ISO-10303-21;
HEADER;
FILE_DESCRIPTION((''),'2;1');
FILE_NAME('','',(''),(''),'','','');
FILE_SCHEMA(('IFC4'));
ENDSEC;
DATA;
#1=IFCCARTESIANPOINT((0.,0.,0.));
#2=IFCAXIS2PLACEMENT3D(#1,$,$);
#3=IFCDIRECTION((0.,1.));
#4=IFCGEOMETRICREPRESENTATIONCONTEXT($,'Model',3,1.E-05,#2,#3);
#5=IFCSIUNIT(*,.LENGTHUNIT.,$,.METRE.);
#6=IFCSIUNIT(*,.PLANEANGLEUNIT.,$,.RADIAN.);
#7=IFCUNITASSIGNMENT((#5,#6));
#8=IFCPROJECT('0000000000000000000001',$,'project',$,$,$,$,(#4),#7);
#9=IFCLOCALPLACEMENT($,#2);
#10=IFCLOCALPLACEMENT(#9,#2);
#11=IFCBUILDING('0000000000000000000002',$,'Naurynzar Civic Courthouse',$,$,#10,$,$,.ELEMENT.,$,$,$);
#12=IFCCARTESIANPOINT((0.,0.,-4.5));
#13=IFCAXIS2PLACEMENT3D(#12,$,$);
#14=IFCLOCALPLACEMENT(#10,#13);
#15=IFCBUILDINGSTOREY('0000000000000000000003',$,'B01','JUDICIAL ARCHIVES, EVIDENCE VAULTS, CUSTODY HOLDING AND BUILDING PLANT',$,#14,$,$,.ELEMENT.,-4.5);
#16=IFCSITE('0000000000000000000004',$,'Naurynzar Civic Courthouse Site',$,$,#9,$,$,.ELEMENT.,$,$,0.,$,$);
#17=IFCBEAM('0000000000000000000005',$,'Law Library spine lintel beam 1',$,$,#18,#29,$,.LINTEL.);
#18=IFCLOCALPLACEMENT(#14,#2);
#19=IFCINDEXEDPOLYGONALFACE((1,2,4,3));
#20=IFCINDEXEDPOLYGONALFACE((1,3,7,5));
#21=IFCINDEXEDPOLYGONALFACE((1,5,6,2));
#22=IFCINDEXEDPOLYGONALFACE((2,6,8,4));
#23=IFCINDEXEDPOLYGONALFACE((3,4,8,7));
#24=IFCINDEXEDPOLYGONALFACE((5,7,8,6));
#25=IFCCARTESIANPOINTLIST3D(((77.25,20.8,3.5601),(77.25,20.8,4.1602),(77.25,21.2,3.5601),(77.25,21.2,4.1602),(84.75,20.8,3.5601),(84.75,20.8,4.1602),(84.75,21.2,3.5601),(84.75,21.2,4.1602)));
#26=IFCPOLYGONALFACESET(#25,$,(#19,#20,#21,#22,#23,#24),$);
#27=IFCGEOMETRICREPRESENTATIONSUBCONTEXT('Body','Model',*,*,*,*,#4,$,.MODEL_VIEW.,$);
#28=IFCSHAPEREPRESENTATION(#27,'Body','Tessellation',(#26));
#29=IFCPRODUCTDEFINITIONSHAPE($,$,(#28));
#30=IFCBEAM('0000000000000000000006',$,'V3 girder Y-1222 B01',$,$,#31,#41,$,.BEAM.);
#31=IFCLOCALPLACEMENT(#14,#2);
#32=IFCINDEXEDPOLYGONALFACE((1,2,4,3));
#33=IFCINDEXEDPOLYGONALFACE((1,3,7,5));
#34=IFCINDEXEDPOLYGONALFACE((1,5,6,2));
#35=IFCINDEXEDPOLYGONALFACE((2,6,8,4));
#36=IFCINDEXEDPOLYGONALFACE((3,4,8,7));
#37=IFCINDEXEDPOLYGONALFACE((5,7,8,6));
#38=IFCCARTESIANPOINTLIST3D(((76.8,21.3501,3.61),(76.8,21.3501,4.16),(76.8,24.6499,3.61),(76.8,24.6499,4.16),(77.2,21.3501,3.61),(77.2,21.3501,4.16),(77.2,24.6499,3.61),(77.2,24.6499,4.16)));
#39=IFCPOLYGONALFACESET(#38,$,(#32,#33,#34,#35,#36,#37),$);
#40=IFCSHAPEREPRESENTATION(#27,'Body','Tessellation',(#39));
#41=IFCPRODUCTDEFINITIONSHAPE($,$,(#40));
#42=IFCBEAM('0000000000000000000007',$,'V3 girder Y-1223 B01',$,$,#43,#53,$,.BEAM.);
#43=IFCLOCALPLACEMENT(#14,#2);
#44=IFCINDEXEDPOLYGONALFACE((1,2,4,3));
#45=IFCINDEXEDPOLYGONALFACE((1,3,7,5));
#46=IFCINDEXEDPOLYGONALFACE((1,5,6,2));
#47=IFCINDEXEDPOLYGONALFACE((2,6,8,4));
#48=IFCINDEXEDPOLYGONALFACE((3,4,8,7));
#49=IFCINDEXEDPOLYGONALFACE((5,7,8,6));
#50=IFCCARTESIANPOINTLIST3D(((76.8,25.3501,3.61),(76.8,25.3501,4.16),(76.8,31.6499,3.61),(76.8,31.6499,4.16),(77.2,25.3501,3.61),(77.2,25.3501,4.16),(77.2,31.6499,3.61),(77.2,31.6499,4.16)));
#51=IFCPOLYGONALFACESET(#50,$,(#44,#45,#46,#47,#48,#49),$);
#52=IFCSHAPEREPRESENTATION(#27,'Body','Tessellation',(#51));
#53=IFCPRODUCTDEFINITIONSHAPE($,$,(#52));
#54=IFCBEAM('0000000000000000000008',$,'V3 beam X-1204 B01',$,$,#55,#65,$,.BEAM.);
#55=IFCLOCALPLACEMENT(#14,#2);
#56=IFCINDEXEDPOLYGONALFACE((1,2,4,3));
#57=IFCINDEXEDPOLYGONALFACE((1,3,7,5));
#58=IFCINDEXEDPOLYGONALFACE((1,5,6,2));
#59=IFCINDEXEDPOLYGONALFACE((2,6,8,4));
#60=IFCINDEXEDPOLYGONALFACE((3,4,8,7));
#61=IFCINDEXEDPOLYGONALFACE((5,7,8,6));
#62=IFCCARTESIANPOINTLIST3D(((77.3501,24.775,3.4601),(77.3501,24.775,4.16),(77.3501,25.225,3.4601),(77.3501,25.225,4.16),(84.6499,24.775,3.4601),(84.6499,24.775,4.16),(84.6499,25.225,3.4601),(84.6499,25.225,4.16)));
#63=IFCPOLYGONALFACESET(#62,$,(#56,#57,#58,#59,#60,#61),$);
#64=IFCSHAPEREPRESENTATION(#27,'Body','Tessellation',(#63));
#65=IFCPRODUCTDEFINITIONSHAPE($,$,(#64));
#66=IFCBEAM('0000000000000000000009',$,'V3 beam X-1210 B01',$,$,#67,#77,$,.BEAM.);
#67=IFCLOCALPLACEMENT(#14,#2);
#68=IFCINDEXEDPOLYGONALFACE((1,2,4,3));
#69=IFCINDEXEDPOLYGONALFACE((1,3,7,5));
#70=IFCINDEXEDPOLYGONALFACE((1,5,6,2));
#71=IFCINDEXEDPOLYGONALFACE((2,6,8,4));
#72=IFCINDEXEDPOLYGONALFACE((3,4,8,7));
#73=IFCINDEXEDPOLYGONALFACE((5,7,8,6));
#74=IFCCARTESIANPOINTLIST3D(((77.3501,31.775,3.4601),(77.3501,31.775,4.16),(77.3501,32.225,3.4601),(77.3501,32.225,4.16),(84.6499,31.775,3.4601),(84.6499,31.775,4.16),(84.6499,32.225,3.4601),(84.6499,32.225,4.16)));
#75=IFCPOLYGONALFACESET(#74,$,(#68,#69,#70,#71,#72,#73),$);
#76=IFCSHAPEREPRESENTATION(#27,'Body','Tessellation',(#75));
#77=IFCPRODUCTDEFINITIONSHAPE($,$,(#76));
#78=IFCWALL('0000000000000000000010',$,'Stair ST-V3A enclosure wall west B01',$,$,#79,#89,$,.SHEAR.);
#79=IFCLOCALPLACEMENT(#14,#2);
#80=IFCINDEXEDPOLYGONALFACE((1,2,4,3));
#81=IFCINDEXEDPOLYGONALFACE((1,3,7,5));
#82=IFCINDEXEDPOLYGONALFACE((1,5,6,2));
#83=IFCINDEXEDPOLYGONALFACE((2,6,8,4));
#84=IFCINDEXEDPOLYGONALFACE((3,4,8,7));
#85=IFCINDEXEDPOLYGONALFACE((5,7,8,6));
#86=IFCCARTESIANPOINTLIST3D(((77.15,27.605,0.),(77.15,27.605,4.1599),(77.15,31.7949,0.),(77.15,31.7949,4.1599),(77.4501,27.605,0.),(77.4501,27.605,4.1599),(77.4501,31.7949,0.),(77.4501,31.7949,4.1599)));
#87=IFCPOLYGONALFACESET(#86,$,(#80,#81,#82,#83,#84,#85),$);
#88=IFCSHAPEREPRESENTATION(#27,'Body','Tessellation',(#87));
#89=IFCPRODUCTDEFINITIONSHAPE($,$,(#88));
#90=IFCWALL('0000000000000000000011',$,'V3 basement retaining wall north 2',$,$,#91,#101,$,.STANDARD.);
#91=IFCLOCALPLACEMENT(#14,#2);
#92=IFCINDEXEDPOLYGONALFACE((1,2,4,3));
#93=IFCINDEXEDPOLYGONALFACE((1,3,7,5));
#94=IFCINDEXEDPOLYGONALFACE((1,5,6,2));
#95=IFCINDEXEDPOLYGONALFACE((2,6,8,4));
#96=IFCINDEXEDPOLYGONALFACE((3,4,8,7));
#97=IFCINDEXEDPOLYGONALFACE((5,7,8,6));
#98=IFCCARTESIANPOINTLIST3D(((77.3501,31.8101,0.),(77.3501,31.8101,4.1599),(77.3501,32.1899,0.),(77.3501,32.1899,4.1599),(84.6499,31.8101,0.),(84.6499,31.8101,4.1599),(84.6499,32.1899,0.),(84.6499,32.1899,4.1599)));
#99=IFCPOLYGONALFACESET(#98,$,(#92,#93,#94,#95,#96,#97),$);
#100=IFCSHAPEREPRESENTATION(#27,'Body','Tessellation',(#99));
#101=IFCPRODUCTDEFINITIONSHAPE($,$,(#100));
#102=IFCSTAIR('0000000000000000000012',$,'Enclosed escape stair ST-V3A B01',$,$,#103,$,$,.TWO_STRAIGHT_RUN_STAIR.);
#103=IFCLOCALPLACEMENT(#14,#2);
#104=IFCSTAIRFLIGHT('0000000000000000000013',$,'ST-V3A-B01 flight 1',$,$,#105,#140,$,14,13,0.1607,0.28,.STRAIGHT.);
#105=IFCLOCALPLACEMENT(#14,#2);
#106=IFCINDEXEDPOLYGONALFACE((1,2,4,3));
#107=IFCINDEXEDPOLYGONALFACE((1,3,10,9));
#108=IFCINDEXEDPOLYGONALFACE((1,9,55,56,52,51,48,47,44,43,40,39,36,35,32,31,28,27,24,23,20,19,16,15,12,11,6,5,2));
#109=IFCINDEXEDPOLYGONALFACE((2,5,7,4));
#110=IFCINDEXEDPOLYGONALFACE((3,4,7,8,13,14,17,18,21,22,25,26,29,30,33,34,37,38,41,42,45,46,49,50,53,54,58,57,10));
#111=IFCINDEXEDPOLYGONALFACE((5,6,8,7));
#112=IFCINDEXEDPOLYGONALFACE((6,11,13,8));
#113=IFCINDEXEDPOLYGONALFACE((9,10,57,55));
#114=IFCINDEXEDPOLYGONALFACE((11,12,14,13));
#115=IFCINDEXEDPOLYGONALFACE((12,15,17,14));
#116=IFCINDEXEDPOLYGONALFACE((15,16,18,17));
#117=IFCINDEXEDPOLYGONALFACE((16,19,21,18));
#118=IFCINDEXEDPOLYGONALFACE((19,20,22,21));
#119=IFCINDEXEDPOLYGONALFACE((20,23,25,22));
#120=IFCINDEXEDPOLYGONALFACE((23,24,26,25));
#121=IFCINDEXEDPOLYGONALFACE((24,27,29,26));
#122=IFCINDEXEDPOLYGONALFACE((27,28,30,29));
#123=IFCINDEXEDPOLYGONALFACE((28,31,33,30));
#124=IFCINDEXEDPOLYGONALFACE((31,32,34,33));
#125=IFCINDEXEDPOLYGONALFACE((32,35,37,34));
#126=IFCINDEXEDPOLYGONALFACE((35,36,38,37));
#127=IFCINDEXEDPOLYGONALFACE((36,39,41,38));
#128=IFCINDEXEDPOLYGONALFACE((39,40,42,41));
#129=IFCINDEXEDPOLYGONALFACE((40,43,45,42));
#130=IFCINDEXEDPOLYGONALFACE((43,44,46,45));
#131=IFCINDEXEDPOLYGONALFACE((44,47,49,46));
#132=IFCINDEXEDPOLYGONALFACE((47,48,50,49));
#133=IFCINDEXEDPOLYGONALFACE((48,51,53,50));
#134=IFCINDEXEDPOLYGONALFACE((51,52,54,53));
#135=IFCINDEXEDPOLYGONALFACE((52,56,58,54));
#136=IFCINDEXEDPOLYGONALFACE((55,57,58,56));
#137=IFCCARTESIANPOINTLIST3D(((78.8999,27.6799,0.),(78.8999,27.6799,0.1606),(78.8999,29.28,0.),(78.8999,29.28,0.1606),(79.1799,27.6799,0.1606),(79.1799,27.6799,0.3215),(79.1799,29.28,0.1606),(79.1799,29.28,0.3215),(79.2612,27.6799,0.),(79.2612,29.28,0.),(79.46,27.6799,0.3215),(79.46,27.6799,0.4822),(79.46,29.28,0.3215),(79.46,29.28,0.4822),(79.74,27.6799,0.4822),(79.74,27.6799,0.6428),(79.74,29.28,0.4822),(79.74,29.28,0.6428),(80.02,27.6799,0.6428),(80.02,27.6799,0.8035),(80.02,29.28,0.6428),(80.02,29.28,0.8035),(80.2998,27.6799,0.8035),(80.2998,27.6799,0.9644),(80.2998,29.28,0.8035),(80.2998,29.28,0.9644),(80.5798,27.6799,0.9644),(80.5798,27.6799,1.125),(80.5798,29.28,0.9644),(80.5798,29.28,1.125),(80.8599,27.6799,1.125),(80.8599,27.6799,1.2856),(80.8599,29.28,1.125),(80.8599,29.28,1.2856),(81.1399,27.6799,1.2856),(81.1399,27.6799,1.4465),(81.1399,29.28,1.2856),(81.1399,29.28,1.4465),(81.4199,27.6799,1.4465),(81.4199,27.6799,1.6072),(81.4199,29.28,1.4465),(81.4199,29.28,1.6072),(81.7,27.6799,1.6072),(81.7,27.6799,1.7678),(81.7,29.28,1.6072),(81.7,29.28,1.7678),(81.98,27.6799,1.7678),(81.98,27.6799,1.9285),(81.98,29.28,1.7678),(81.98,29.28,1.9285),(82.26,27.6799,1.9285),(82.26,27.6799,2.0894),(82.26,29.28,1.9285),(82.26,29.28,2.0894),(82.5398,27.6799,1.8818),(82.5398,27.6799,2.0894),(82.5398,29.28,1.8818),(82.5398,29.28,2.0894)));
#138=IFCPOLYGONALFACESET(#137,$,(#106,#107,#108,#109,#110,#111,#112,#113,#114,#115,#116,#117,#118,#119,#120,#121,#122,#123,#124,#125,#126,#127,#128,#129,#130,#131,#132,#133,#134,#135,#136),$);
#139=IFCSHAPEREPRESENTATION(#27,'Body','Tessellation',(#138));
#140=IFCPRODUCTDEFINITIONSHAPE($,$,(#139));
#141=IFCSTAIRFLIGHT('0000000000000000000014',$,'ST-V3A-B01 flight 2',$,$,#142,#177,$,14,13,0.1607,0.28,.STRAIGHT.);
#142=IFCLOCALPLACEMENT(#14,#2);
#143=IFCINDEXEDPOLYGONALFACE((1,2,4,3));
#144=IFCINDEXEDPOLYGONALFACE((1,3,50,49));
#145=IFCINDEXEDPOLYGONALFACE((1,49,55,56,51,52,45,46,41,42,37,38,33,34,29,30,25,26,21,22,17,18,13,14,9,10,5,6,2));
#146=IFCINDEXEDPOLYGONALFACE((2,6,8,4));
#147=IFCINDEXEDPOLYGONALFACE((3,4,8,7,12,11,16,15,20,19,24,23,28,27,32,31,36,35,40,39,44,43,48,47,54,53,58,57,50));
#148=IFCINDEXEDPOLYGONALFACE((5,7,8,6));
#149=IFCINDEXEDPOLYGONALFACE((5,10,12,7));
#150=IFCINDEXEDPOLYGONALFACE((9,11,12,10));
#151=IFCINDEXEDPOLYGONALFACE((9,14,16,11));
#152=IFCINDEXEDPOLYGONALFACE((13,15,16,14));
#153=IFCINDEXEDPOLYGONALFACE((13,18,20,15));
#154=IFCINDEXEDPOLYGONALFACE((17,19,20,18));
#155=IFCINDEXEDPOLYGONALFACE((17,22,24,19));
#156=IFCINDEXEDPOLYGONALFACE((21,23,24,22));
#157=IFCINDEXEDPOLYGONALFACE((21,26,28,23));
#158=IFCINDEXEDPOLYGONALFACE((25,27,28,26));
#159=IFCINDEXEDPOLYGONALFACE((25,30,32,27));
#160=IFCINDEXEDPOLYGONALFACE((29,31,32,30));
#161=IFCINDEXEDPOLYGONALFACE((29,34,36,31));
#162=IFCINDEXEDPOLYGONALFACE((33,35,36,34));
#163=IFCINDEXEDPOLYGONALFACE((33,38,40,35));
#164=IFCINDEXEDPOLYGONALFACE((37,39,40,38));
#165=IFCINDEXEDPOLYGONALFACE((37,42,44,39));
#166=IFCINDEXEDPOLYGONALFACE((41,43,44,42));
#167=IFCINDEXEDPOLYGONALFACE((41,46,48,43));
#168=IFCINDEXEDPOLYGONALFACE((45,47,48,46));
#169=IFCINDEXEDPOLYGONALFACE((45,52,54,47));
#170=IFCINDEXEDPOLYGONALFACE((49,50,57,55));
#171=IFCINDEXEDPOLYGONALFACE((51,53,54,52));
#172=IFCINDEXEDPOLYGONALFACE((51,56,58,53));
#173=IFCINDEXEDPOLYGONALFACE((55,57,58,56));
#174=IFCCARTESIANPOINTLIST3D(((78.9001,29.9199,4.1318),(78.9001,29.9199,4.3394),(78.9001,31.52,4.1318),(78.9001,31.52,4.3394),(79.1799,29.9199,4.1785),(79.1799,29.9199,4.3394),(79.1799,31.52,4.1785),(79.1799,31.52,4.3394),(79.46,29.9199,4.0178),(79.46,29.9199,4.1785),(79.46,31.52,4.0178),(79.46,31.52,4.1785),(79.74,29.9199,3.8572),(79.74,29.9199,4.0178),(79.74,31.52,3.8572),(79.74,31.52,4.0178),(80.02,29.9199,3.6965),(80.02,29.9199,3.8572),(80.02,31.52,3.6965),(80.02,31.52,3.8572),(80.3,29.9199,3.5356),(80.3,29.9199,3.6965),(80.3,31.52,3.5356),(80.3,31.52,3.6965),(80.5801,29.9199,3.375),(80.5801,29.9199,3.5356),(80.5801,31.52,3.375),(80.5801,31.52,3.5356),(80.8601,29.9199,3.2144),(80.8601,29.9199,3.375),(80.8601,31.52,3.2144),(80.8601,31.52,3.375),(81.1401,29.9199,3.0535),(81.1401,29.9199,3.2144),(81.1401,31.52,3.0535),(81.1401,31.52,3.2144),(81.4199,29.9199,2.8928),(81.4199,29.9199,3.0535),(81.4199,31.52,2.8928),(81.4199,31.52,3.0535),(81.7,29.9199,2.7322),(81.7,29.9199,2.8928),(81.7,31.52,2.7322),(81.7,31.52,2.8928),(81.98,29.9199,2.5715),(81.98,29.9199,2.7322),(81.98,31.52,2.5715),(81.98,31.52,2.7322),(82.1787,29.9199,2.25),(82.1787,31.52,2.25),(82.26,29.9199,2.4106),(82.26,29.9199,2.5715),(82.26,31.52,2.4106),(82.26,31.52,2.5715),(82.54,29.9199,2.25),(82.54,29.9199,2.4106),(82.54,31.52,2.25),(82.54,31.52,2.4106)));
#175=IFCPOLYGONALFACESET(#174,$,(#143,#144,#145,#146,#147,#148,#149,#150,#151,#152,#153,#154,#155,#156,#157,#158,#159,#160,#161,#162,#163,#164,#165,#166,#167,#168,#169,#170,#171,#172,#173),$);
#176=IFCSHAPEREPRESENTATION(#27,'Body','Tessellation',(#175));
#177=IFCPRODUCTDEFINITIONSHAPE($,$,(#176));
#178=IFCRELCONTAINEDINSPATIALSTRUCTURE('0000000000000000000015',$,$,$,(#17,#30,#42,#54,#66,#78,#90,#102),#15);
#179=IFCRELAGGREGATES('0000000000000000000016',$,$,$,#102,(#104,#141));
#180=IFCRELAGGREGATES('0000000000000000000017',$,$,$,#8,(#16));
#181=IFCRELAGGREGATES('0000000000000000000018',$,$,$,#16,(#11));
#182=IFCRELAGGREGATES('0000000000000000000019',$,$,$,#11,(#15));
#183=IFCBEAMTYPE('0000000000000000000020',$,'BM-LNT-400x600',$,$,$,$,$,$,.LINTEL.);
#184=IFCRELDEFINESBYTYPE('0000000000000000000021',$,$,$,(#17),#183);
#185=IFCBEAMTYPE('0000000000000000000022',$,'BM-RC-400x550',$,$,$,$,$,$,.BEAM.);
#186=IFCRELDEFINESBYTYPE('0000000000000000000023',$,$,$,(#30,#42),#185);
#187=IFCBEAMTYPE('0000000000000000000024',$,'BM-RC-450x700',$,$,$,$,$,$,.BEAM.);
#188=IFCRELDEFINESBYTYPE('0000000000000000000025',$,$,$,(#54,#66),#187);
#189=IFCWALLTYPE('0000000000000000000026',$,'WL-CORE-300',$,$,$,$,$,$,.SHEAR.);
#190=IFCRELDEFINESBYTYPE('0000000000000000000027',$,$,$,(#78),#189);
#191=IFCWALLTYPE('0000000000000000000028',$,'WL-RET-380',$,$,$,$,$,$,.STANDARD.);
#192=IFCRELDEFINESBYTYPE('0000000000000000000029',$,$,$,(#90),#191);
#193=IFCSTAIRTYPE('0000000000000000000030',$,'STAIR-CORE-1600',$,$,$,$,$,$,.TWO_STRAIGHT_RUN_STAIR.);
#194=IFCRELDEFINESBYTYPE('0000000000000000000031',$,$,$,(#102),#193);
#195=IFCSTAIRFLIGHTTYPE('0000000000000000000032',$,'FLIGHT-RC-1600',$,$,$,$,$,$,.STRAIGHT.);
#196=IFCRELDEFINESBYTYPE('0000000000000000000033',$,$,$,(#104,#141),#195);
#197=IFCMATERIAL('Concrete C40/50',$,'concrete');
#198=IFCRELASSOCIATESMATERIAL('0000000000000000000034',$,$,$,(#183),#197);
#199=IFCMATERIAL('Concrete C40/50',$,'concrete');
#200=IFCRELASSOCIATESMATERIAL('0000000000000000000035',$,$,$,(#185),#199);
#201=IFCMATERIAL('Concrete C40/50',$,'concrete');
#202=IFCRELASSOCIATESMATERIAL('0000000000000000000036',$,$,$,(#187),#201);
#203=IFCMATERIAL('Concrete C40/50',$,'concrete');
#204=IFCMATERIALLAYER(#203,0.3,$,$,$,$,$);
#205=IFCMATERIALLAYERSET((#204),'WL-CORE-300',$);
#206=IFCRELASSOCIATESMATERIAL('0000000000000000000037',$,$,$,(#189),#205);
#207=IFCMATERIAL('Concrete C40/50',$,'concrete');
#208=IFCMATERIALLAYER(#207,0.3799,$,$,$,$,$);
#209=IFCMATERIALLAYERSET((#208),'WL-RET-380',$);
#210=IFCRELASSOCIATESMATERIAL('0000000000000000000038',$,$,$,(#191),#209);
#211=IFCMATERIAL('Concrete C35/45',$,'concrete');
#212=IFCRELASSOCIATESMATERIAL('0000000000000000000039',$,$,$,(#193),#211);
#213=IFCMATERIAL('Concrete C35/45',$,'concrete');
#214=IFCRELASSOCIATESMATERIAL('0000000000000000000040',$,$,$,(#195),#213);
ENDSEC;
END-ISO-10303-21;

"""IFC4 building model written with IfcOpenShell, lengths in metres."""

from ifc_helpers import new_model, si_unit, direction, frame, frame_2d, origin, origin_2d, place, context, subcontext, project, spatial, polyline, rectangle, outline, extrude, material, layer, layer_set, material_profile, profile_set, type_object, element, aggregate, save


model = new_model("IFC4")

# Units and contexts
model_context = context("Model", 3, precision=1e-05, world=origin(), true_north=direction((0.0, 1.0)))
body_context = subcontext(model_context, "Body", "Model", "MODEL_VIEW")
ifc_project = project(units=[si_unit("LENGTHUNIT", "METRE"), si_unit("PLANEANGLEUNIT", "RADIAN")], contexts=[model_context])

# Site, building, storey
site_placement = place(None, origin())
site = spatial("IfcSite", under=ifc_project, at=site_placement, Name="Naurynzar Civic Courthouse Site", CompositionType="ELEMENT", RefElevation=0.0)
building_placement = place(site_placement, origin())
building = spatial("IfcBuilding", under=site, at=building_placement, Name="Naurynzar Civic Courthouse", CompositionType="ELEMENT")
storey_placement = place(building_placement, frame((0.0, 0.0, -4.5)))
storey = spatial("IfcBuildingStorey", under=building, at=storey_placement, Name="B01", Description="JUDICIAL ARCHIVES, EVIDENCE VAULTS, CUSTODY HOLDING AND BUILDING PLANT", CompositionType="ELEMENT", Elevation=-4.5)

# Beams
ifc_material_1 = material(Name="Concrete C40/50", Category="concrete")
ifc_material_profile_1 = material_profile(ifc_material_1, rectangle(XDim=0.3999, YDim=0.6001, at=origin_2d()), Name="RCL 400x600")
ifc_profile_set_1 = profile_set([ifc_material_profile_1], Name="Concrete C40/50")
beam_type_1 = type_object("IfcBeamType", Name="BM-LNT-400x600", PredefinedType="LINTEL", material=ifc_profile_set_1)
beam_1_placement = place(storey_placement, frame((77.25, 21.0, 3.8601), z_axis=(1.0, 0.0, 0.0), x_axis=(0.0, 1.0, 0.0)))
element("IfcBeam", 1, at=beam_1_placement, inside=storey, type_object=beam_type_1, Name="Law Library spine lintel beam 1", PredefinedType="LINTEL", context=body_context, shape_type="SweptSolid", body=[
    extrude(rectangle(XDim=0.3999, YDim=0.6001, at=origin_2d()), origin(), (0.0, 0.0, 1.0), 7.5),
])
ifc_material_2 = material(Name="Concrete C40/50", Category="concrete")
ifc_material_profile_2 = material_profile(ifc_material_2, rectangle(XDim=0.3999, YDim=0.55, at=origin_2d()), Name="RCB 400x550")
ifc_profile_set_2 = profile_set([ifc_material_profile_2], Name="Concrete C40/50")
beam_type_2 = type_object("IfcBeamType", Name="BM-RC-400x550", PredefinedType="BEAM", material=ifc_profile_set_2)
beam_2_placement = place(storey_placement, frame((77.0, 21.3501, 3.885), z_axis=(0.0, 1.0, 0.0), x_axis=(-1.0, 0.0, 0.0)))
element("IfcBeam", 2, at=beam_2_placement, inside=storey, type_object=beam_type_2, Name="V3 girder Y-1222 B01", PredefinedType="BEAM", context=body_context, shape_type="SweptSolid", body=[
    extrude(rectangle(XDim=0.3999, YDim=0.55, at=origin_2d()), origin(), (0.0, 0.0, 1.0), 3.2998),
])
beam_3_placement = place(storey_placement, frame((77.0, 25.3501, 3.885), z_axis=(0.0, 1.0, 0.0), x_axis=(-1.0, 0.0, 0.0)))
element("IfcBeam", 3, at=beam_3_placement, inside=storey, type_object=beam_type_2, Name="V3 girder Y-1223 B01", PredefinedType="BEAM", context=body_context, shape_type="SweptSolid", body=[
    extrude(rectangle(XDim=0.3999, YDim=0.55, at=origin_2d()), origin(), (0.0, 0.0, 1.0), 6.2998),
])
ifc_material_3 = material(Name="Concrete C40/50", Category="concrete")
ifc_material_profile_3 = material_profile(ifc_material_3, rectangle(XDim=0.45, YDim=0.7, at=origin_2d()), Name="RCB 450x700")
ifc_profile_set_3 = profile_set([ifc_material_profile_3], Name="Concrete C40/50")
beam_type_3 = type_object("IfcBeamType", Name="BM-RC-450x700", PredefinedType="BEAM", material=ifc_profile_set_3)
for number, where, z_axis, x_axis, name in (
    (4, (77.3501, 25.0, 3.8101), (1.0, 0.0, 0.0), (0.0, 1.0, 0.0), "V3 beam X-1204 B01"),
    (5, (77.3501, 32.0, 3.8101), (1.0, 0.0, 0.0), (0.0, 1.0, 0.0), "V3 beam X-1210 B01"),
):
    element("IfcBeam", number, at=place(storey_placement, frame(where, z_axis=z_axis, x_axis=x_axis)), inside=storey, type_object=beam_type_3, Name=name, PredefinedType="BEAM", context=body_context, shape_type="SweptSolid", body=[
        extrude(rectangle(XDim=0.45, YDim=0.7, at=origin_2d()), origin(), (0.0, 0.0, 1.0), 7.2998),
    ])

# Shared definitions
ifc_material_4 = material(Name="Concrete C40/50", Category="concrete")
ifc_layer_1 = layer(ifc_material_4, 0.3)
ifc_layer_set_1 = layer_set([ifc_layer_1], Name="WL-CORE-300")
wall_type_1 = type_object("IfcWallType", Name="WL-CORE-300", PredefinedType="SHEAR", material=ifc_layer_set_1)

# Walls
wall_1_placement = place(storey_placement, frame((77.3, 31.7949, 0.0), z_axis=(0.0, 0.0, 1.0), x_axis=(0.0, -1.0, 0.0)))
element("IfcWall", 6, at=wall_1_placement, inside=storey, type_object=wall_type_1, Name="Stair ST-V3A enclosure wall west B01", PredefinedType="SHEAR", context=body_context, shape_type="SweptSolid", body=[
    extrude(rectangle(XDim=4.1899, YDim=0.3, at=frame_2d((2.095, 0.0))), origin(), (0.0, 0.0, 1.0), 4.1599),
])
ifc_material_5 = material(Name="Concrete C40/50", Category="concrete")
ifc_layer_2 = layer(ifc_material_5, 0.3799)
ifc_layer_set_2 = layer_set([ifc_layer_2], Name="WL-RET-380")
wall_type_2 = type_object("IfcWallType", Name="WL-RET-380", PredefinedType="STANDARD", material=ifc_layer_set_2)
wall_2_placement = place(storey_placement, frame((77.3501, 32.0, 0.0), z_axis=(0.0, 0.0, 1.0), x_axis=(1.0, 0.0, 0.0)))
element("IfcWall", 7, at=wall_2_placement, inside=storey, type_object=wall_type_2, Name="V3 basement retaining wall north 2", PredefinedType="STANDARD", context=body_context, shape_type="SweptSolid", body=[
    extrude(rectangle(XDim=7.2998, YDim=0.3799, at=frame_2d((3.6499, 0.0))), origin(), (0.0, 0.0, 1.0), 4.1599),
])

# Stair, stair flights
ifc_material_6 = material(Name="Concrete C35/45", Category="concrete")
stair_type = type_object("IfcStairType", Name="STAIR-CORE-1600", PredefinedType="TWO_STRAIGHT_RUN_STAIR", material=ifc_material_6)
stair_placement = place(storey_placement, origin())
stair = element("IfcStair", 8, at=stair_placement, inside=storey, type_object=stair_type, Name="Enclosed escape stair ST-V3A B01", PredefinedType="TWO_STRAIGHT_RUN_STAIR")
ifc_material_7 = material(Name="Concrete C35/45", Category="concrete")
stair_flight_type = type_object("IfcStairFlightType", Name="FLIGHT-RC-1600", PredefinedType="STRAIGHT", material=ifc_material_7)
stair_flight_1_placement = place(storey_placement, frame((78.8999, 28.48, 0.0), z_axis=(0.0, 0.0, 1.0), x_axis=(1.0, 0.0, 0.0)))
stair_flight_1 = element("IfcStairFlight", 9, at=stair_flight_1_placement, type_object=stair_flight_type, Name="ST-V3A-B01 flight 1", NumberOfRisers=14, NumberOfTreads=13, PredefinedType="STRAIGHT", RiserHeight=0.1607, TreadLength=0.28, context=body_context, shape_type="SweptSolid", body=[
    extrude(outline(polyline([(0.0, 0.0), (0.0, 0.1606), (0.28, 0.1606), (0.28, 0.3215), (0.5601, 0.3215), (0.5601, 0.4822), (0.8401, 0.4822), (0.8401, 0.6428), (1.1201, 0.6428), (1.1201, 0.8035), (1.3999, 0.8035), (1.3999, 0.9644), (1.6799, 0.9644), (1.6799, 1.125), (1.96, 1.125), (1.96, 1.2856), (2.24, 1.2856), (2.24, 1.4465), (2.52, 1.4465), (2.52, 1.6072), (2.8, 1.6072), (2.8, 1.7678), (3.0801, 1.7678), (3.0801, 1.9285), (3.3601, 1.9285), (3.3601, 2.0894), (3.6399, 2.0894), (3.6399, 2.25), (3.6399, 1.8818), (0.3613, 0.0), (0.0, 0.0)])), frame((0.0, 0.8, 0.0), z_axis=(0.0, -1.0, 0.0), x_axis=(1.0, 0.0, 0.0)), (0.0, 0.0, 1.0), 1.6001),
])
stair_flight_2_placement = place(storey_placement, frame((82.54, 30.72, 2.25), z_axis=(0.0, 0.0, 1.0), x_axis=(-1.0, 0.0, 0.0)))
stair_flight_2 = element("IfcStairFlight", 10, at=stair_flight_2_placement, type_object=stair_flight_type, Name="ST-V3A-B01 flight 2", NumberOfRisers=14, NumberOfTreads=13, PredefinedType="STRAIGHT", RiserHeight=0.1607, TreadLength=0.28, context=body_context, shape_type="SweptSolid", body=[
    extrude(outline(polyline([(0.0, 0.0), (0.0, 0.1606), (0.28, 0.1606), (0.28, 0.3215), (0.5601, 0.3215), (0.5601, 0.4822), (0.8401, 0.4822), (0.8401, 0.6428), (1.1201, 0.6428), (1.1201, 0.8035), (1.3999, 0.8035), (1.3999, 0.9644), (1.6799, 0.9644), (1.6799, 1.125), (1.96, 1.125), (1.96, 1.2856), (2.24, 1.2856), (2.24, 1.4465), (2.52, 1.4465), (2.52, 1.6072), (2.8, 1.6072), (2.8, 1.7678), (3.0801, 1.7678), (3.0801, 1.9285), (3.3601, 1.9285), (3.3601, 2.0894), (3.6399, 2.0894), (3.6399, 2.25), (3.6399, 1.8818), (0.3613, 0.0), (0.0, 0.0)])), frame((0.0, 0.8, 0.0), z_axis=(0.0, -1.0, 0.0), x_axis=(1.0, 0.0, 0.0)), (0.0, 0.0, 1.0), 1.6001),
])
aggregate(stair, [stair_flight_1, stair_flight_2])

save(model, "model.ifc")
